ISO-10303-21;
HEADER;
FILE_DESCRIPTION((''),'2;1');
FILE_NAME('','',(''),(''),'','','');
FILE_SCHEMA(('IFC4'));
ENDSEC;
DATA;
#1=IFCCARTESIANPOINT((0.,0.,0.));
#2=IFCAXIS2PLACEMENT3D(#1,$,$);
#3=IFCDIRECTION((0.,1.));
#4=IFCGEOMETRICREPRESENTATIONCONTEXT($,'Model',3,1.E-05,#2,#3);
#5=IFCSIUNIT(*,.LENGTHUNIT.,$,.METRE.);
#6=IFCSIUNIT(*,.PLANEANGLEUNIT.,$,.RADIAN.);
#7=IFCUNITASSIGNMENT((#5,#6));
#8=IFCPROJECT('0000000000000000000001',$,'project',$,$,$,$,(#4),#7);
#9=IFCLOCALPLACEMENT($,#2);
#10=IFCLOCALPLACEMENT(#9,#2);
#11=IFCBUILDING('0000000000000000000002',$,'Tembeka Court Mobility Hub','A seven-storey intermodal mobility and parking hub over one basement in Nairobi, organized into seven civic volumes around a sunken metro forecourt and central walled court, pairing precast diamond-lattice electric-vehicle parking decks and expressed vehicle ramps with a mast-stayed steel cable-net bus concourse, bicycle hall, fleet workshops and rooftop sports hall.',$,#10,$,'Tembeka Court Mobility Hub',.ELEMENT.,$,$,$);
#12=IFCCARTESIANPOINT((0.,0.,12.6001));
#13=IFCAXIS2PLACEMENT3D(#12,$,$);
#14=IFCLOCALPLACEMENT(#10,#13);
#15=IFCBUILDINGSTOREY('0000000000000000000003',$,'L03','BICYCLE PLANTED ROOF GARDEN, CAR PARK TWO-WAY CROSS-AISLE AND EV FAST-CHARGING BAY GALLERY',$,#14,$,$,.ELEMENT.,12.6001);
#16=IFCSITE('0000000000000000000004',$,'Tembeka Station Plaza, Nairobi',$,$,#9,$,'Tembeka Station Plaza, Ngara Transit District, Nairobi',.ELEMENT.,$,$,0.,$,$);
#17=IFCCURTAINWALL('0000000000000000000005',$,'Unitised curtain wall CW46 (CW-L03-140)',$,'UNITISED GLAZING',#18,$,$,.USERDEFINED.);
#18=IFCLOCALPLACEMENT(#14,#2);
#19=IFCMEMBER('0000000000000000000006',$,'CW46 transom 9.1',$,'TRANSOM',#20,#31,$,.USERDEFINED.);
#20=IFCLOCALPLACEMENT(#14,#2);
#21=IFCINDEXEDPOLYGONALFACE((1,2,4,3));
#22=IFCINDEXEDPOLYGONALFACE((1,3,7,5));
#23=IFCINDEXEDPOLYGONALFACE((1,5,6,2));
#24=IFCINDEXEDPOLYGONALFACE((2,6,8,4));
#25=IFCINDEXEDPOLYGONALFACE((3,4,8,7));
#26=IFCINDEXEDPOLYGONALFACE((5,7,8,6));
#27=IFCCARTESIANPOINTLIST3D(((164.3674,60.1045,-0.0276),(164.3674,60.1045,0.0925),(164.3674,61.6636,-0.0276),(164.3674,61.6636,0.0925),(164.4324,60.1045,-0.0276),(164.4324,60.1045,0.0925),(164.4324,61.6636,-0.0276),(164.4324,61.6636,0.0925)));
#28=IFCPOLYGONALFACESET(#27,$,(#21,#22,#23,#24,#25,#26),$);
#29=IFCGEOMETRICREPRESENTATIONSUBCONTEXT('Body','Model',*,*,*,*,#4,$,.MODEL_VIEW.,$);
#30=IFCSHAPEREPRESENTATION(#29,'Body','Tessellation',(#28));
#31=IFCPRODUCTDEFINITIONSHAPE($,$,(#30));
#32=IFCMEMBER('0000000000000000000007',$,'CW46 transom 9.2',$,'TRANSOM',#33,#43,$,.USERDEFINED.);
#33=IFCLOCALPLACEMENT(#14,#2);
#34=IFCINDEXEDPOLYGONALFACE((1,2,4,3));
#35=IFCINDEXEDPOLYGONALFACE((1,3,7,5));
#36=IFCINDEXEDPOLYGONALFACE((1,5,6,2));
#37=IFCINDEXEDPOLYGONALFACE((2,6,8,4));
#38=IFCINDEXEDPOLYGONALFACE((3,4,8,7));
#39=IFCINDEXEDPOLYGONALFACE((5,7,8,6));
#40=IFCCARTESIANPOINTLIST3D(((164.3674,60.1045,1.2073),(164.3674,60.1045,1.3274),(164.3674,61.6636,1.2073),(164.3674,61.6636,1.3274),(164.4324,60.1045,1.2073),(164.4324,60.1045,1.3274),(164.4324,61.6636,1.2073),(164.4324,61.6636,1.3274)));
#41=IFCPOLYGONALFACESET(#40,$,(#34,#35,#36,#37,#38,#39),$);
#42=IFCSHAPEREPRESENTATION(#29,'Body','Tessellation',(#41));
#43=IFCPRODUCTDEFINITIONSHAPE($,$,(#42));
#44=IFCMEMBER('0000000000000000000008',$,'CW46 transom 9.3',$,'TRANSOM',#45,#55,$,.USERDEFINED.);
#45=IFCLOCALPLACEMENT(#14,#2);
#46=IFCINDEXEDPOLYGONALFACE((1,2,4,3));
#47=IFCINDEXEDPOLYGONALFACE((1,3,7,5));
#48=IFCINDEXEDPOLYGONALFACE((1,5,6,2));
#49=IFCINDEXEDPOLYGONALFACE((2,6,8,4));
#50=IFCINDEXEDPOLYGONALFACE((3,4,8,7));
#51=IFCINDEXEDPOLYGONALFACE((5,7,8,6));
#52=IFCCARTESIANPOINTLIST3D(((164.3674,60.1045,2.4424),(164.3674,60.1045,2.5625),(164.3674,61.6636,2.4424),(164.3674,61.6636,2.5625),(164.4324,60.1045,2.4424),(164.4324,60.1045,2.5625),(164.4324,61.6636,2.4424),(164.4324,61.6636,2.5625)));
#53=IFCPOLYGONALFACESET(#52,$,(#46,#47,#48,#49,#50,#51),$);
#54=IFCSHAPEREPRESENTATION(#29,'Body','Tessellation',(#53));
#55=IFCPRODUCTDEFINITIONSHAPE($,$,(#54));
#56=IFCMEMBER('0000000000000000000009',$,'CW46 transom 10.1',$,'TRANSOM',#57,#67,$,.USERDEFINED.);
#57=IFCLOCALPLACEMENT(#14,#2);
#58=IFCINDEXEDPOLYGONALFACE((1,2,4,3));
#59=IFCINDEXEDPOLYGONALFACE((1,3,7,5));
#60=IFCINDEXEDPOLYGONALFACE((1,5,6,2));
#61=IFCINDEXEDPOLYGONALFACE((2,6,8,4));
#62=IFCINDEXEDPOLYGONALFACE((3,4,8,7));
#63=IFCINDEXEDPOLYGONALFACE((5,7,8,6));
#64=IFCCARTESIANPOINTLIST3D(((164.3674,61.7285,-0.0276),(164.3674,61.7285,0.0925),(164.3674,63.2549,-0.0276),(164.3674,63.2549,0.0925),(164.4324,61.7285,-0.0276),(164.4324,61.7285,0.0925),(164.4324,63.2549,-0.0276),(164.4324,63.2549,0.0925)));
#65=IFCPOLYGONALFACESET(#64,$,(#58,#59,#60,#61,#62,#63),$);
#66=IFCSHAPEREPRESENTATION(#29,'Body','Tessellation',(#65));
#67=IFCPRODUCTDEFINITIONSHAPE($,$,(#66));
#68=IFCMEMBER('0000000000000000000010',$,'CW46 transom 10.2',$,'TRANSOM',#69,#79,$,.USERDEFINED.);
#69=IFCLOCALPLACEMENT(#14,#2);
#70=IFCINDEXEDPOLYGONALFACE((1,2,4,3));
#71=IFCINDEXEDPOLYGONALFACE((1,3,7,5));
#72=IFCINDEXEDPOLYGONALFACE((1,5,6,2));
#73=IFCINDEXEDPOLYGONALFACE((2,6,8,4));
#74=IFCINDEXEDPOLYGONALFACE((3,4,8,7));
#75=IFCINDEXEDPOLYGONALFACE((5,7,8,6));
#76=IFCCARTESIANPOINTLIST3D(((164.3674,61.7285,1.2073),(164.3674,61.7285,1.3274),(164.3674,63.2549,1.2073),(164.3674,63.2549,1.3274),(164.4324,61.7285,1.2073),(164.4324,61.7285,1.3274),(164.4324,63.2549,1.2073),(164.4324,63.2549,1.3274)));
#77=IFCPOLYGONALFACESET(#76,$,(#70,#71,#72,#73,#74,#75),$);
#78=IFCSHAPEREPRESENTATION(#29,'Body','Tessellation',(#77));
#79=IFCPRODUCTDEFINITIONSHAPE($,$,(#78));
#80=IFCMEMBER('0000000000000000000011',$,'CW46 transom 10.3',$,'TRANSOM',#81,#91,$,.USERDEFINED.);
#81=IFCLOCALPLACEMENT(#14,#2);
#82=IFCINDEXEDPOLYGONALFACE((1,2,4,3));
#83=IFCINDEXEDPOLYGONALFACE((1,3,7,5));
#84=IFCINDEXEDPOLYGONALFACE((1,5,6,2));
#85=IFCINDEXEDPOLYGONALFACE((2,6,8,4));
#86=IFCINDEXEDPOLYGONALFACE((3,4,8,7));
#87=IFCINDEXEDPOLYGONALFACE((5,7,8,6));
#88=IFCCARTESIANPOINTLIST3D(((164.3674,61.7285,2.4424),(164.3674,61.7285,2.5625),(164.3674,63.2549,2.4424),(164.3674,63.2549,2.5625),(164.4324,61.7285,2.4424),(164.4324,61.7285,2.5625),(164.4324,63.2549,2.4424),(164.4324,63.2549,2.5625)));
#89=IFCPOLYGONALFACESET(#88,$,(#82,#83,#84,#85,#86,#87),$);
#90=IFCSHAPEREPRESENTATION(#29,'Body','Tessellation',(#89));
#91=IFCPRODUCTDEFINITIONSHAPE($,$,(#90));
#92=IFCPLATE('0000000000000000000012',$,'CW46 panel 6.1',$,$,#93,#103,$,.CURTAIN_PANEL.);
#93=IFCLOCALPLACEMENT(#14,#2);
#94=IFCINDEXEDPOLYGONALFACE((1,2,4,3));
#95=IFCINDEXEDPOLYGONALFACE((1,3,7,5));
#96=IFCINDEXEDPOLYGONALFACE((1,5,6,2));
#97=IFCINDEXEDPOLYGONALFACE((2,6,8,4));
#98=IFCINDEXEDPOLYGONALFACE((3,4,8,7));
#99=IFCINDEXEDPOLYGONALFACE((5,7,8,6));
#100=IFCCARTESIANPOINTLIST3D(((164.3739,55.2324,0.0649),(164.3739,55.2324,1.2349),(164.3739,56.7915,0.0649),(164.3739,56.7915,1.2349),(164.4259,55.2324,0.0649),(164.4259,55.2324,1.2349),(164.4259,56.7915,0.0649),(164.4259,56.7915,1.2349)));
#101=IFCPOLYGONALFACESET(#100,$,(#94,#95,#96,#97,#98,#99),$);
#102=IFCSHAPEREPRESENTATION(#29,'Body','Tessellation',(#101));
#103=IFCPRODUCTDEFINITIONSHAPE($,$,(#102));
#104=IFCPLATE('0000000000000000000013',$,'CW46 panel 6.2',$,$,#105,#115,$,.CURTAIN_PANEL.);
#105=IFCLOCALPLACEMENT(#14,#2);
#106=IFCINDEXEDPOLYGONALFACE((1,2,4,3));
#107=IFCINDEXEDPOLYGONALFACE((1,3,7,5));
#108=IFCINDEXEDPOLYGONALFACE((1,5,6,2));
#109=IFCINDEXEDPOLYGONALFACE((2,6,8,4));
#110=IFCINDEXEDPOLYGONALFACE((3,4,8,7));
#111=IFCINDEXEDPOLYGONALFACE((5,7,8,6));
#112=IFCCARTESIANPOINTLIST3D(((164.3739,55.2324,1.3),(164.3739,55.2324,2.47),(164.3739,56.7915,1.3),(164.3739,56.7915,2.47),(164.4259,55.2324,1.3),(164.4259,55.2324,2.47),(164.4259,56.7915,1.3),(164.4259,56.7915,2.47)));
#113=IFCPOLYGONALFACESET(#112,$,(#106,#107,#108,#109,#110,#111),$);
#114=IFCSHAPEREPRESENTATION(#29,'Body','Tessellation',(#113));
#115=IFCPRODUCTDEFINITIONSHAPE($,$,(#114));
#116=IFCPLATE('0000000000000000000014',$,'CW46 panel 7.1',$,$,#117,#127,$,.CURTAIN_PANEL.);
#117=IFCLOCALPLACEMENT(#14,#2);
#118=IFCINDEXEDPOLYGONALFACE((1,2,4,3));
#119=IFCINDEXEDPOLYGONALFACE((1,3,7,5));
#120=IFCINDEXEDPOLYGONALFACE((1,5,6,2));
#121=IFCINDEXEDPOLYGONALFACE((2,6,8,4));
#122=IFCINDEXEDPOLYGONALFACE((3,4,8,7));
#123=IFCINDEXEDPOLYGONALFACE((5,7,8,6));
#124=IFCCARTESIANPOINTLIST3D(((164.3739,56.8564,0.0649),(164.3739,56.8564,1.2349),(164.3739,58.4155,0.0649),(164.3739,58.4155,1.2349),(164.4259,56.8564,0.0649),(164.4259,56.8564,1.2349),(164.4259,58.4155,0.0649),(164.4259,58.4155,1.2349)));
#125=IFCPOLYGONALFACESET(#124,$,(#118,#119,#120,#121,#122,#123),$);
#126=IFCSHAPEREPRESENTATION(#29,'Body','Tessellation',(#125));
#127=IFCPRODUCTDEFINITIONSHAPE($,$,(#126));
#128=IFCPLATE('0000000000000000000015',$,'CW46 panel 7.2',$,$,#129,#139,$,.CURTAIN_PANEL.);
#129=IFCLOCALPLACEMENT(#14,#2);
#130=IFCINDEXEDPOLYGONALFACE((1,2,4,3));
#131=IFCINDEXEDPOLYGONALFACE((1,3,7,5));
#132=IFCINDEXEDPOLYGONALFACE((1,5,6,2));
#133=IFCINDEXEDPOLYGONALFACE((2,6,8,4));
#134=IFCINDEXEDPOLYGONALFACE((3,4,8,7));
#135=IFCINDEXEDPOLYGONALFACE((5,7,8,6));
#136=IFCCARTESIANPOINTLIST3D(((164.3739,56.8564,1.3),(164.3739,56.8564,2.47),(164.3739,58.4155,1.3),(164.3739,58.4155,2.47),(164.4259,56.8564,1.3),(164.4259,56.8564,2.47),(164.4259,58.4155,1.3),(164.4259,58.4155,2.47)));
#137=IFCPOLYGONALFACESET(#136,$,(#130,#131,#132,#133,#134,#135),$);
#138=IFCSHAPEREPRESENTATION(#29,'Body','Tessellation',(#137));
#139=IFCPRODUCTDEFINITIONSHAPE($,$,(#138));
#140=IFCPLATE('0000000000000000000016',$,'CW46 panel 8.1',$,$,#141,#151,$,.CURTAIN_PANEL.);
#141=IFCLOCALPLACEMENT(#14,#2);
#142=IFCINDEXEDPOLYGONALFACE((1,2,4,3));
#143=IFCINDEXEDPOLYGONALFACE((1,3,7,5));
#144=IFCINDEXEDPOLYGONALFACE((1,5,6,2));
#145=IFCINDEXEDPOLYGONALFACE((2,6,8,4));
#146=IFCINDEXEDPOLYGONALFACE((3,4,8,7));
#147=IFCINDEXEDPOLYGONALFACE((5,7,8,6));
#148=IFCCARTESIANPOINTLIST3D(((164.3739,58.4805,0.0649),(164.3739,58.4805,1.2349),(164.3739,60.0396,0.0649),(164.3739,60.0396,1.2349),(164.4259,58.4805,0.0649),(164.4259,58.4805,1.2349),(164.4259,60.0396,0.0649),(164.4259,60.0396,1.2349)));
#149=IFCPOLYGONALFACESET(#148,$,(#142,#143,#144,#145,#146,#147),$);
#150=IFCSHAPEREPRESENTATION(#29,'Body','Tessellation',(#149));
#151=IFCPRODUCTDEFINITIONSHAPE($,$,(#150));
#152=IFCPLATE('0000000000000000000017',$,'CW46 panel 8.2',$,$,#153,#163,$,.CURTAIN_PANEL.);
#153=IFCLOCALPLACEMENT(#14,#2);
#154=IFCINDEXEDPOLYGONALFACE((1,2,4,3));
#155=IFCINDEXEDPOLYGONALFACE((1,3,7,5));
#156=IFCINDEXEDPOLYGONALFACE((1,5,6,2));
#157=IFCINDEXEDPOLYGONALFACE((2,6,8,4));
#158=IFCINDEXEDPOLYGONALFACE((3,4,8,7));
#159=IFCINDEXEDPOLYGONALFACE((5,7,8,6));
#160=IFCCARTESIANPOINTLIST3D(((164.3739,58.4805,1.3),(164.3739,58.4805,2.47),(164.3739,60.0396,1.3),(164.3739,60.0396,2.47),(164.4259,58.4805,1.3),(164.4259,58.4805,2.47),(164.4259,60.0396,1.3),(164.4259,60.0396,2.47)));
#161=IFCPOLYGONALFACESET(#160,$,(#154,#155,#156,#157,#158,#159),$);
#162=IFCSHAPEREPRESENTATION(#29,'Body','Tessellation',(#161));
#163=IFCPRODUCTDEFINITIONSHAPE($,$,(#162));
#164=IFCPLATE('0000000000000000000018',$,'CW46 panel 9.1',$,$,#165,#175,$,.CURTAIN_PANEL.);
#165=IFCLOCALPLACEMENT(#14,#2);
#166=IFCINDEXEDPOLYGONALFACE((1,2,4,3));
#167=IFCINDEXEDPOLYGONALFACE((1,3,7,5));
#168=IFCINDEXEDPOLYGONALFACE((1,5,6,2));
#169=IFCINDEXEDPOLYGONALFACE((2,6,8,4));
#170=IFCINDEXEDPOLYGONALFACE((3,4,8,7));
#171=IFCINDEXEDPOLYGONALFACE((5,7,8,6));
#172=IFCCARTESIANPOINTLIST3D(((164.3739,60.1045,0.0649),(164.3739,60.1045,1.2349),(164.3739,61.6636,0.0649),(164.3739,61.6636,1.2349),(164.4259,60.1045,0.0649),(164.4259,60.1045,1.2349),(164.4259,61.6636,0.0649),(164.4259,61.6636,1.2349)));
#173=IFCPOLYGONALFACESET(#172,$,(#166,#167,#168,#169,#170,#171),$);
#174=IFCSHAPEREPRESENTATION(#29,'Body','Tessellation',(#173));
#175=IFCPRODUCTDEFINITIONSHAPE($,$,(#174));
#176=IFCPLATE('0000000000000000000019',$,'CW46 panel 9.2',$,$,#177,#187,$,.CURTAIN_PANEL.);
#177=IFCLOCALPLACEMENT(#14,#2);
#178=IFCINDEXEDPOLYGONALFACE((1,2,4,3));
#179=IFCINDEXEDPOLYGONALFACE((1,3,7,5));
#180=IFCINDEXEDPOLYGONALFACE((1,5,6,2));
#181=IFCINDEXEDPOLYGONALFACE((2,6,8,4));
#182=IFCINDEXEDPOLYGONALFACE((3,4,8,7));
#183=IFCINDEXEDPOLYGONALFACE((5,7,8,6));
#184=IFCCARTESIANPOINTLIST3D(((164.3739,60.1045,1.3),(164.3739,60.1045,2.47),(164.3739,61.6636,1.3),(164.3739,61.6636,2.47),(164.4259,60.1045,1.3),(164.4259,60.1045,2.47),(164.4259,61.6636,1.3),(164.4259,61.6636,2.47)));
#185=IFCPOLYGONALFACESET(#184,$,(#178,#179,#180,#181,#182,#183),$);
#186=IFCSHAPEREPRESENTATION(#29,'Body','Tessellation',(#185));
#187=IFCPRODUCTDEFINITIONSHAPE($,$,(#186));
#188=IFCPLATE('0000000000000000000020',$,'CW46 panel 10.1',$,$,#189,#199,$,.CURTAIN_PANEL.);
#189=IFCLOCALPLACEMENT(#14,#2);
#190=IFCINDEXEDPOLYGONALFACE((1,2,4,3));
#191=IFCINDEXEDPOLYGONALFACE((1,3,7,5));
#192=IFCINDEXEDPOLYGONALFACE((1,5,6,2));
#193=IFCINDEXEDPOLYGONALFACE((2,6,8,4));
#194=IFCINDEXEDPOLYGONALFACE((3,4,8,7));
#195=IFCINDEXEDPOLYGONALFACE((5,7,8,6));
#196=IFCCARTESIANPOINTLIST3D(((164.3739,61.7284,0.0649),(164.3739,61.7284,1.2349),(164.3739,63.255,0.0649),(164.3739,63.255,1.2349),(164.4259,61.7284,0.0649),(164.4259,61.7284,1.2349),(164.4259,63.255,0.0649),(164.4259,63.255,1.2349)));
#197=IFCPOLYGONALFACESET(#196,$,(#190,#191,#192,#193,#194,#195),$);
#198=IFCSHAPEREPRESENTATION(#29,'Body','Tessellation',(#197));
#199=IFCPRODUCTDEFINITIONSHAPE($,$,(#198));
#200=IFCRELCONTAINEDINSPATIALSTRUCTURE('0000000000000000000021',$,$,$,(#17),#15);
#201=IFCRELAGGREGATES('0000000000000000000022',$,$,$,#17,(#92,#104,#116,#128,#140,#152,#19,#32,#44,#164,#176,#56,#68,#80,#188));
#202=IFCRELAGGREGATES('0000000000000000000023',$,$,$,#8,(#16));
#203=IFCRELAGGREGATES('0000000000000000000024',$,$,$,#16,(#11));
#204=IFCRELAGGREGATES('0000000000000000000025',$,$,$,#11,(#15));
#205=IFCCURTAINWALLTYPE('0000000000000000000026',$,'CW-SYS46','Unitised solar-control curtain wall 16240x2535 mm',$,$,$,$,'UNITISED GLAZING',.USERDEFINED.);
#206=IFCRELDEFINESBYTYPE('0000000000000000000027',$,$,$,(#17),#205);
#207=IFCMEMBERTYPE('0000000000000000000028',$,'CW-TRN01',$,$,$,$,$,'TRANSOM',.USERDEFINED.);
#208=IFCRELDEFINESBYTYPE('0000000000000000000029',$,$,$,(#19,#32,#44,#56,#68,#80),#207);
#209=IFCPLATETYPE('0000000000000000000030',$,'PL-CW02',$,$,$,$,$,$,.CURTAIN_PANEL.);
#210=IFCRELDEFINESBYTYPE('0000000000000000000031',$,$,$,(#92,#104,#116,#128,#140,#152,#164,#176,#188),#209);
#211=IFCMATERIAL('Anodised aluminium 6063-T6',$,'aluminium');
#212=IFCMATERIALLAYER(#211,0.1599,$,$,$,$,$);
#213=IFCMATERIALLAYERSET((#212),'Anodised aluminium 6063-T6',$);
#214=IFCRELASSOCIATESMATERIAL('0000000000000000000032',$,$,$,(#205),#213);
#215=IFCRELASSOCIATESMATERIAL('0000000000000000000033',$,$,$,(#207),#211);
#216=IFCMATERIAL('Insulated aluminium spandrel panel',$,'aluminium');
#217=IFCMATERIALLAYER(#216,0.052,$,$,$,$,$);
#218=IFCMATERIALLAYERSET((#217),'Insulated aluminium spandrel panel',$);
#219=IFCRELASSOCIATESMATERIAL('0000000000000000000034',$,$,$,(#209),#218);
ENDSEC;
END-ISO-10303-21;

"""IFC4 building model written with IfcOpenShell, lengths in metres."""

from ifc_helpers import new_model, si_unit, direction, frame, origin, origin_2d, place, context, subcontext, project, spatial, rectangle, extrude, material, layer, layer_set, material_profile, profile_set, type_object, element, aggregate, save


model = new_model("IFC4")

# Units and contexts
model_context = context("Model", 3, precision=1e-05, world=origin(), true_north=direction((0.0, 1.0)))
body_context = subcontext(model_context, "Body", "Model", "MODEL_VIEW")
ifc_project = project(units=[si_unit("LENGTHUNIT", "METRE"), si_unit("PLANEANGLEUNIT", "RADIAN")], contexts=[model_context])

# Site, building, storey
site_placement = place(None, origin())
site = spatial("IfcSite", under=ifc_project, at=site_placement, Name="Tembeka Station Plaza, Nairobi", LongName="Tembeka Station Plaza, Ngara Transit District, Nairobi", CompositionType="ELEMENT", RefElevation=0.0)
building_placement = place(site_placement, origin())
building = spatial("IfcBuilding", under=site, at=building_placement, Name="Tembeka Court Mobility Hub", Description="A seven-storey intermodal mobility and parking hub over one basement in Nairobi, organized into seven civic volumes around a sunken metro forecourt and central walled court, pairing precast diamond-lattice electric-vehicle parking decks and expressed vehicle ramps with a mast-stayed steel cable-net bus concourse, bicycle hall, fleet workshops and rooftop sports hall.", LongName="Tembeka Court Mobility Hub", CompositionType="ELEMENT")
storey_placement = place(building_placement, frame((0.0, 0.0, 12.6001)))
storey = spatial("IfcBuildingStorey", under=building, at=storey_placement, Name="L03", Description="BICYCLE PLANTED ROOF GARDEN, CAR PARK TWO-WAY CROSS-AISLE AND EV FAST-CHARGING BAY GALLERY", CompositionType="ELEMENT", Elevation=12.6001)

# Curtain wall, members, plates
ifc_material_1 = material(Name="Anodised aluminium 6063-T6", Category="aluminium")
ifc_layer_1 = layer(ifc_material_1, 0.1599)
ifc_layer_set_1 = layer_set([ifc_layer_1], Name="Anodised aluminium 6063-T6")
curtain_wall_type = type_object("IfcCurtainWallType", Name="CW-SYS46", Description="Unitised solar-control curtain wall 16240x2535 mm", ElementType="UNITISED GLAZING", PredefinedType="USERDEFINED", material=ifc_layer_set_1)
curtain_wall_placement = place(storey_placement, origin())
curtain_wall = element("IfcCurtainWall", 1, at=curtain_wall_placement, inside=storey, type_object=curtain_wall_type, Name="Unitised curtain wall CW46 (CW-L03-140)", ObjectType="UNITISED GLAZING", PredefinedType="USERDEFINED")
ifc_material_profile_1 = material_profile(ifc_material_1, rectangle(XDim=0.0649, YDim=0.1201, at=origin_2d()), Name="ALU-TRN 65x120")
ifc_profile_set_1 = profile_set([ifc_material_profile_1], Name="Anodised aluminium 6063-T6")
member_type_1 = type_object("IfcMemberType", Name="CW-TRN01", ElementType="TRANSOM", PredefinedType="USERDEFINED", material=ifc_profile_set_1)
member_1_placement = place(storey_placement, frame((164.3999, 60.1045, 0.0325), z_axis=(0.0, 1.0, 0.0), x_axis=(-1.0, 0.0, 0.0)))
member_1 = element("IfcMember", 2, at=member_1_placement, type_object=member_type_1, Name="CW46 transom 9.1", ObjectType="TRANSOM", PredefinedType="USERDEFINED", context=body_context, shape_type="SweptSolid", body=[
    extrude(rectangle(XDim=0.0649, YDim=0.1201, at=origin_2d()), origin(), (0.0, 0.0, 1.0), 1.5591),
])
member_2_placement = place(storey_placement, frame((164.3999, 60.1045, 1.2673), z_axis=(0.0, 1.0, 0.0), x_axis=(-1.0, 0.0, 0.0)))
member_2 = element("IfcMember", 3, at=member_2_placement, type_object=member_type_1, Name="CW46 transom 9.2", ObjectType="TRANSOM", PredefinedType="USERDEFINED", context=body_context, shape_type="SweptSolid", body=[
    extrude(rectangle(XDim=0.0649, YDim=0.1201, at=origin_2d()), origin(), (0.0, 0.0, 1.0), 1.5591),
])
member_3_placement = place(storey_placement, frame((164.3999, 60.1045, 2.5024), z_axis=(0.0, 1.0, 0.0), x_axis=(-1.0, 0.0, 0.0)))
member_3 = element("IfcMember", 4, at=member_3_placement, type_object=member_type_1, Name="CW46 transom 9.3", ObjectType="TRANSOM", PredefinedType="USERDEFINED", context=body_context, shape_type="SweptSolid", body=[
    extrude(rectangle(XDim=0.0649, YDim=0.1201, at=origin_2d()), origin(), (0.0, 0.0, 1.0), 1.5591),
])
member_4_placement = place(storey_placement, frame((164.3999, 61.7285, 0.0325), z_axis=(0.0, 1.0, 0.0), x_axis=(-1.0, 0.0, 0.0)))
member_4 = element("IfcMember", 5, at=member_4_placement, type_object=member_type_1, Name="CW46 transom 10.1", ObjectType="TRANSOM", PredefinedType="USERDEFINED", context=body_context, shape_type="SweptSolid", body=[
    extrude(rectangle(XDim=0.0649, YDim=0.1201, at=origin_2d()), origin(), (0.0, 0.0, 1.0), 1.5264),
])
member_5_placement = place(storey_placement, frame((164.3999, 61.7285, 1.2673), z_axis=(0.0, 1.0, 0.0), x_axis=(-1.0, 0.0, 0.0)))
member_5 = element("IfcMember", 6, at=member_5_placement, type_object=member_type_1, Name="CW46 transom 10.2", ObjectType="TRANSOM", PredefinedType="USERDEFINED", context=body_context, shape_type="SweptSolid", body=[
    extrude(rectangle(XDim=0.0649, YDim=0.1201, at=origin_2d()), origin(), (0.0, 0.0, 1.0), 1.5264),
])
member_6_placement = place(storey_placement, frame((164.3999, 61.7285, 2.5024), z_axis=(0.0, 1.0, 0.0), x_axis=(-1.0, 0.0, 0.0)))
member_6 = element("IfcMember", 7, at=member_6_placement, type_object=member_type_1, Name="CW46 transom 10.3", ObjectType="TRANSOM", PredefinedType="USERDEFINED", context=body_context, shape_type="SweptSolid", body=[
    extrude(rectangle(XDim=0.0649, YDim=0.1201, at=origin_2d()), origin(), (0.0, 0.0, 1.0), 1.5264),
])
ifc_material_2 = material(Name="Insulated aluminium spandrel panel", Category="aluminium")
ifc_layer_2 = layer(ifc_material_2, 0.052)
ifc_layer_set_2 = layer_set([ifc_layer_2], Name="Insulated aluminium spandrel panel")
plate_type = type_object("IfcPlateType", Name="PL-CW02", PredefinedType="CURTAIN_PANEL", material=ifc_layer_set_2)
plate_1_placement = place(storey_placement, frame((164.3999, 56.012, 0.0649), z_axis=(0.0, 0.0, 1.0), x_axis=(0.0, 1.0, 0.0)))
plate_1 = element("IfcPlate", 8, at=plate_1_placement, type_object=plate_type, Name="CW46 panel 6.1", PredefinedType="CURTAIN_PANEL", context=body_context, shape_type="SweptSolid", body=[
    extrude(rectangle(XDim=1.5591, YDim=0.052, at=origin_2d()), origin(), (0.0, 0.0, 1.0), 1.1699),
])
plate_2_placement = place(storey_placement, frame((164.3999, 56.012, 1.3), z_axis=(0.0, 0.0, 1.0), x_axis=(0.0, 1.0, 0.0)))
plate_2 = element("IfcPlate", 9, at=plate_2_placement, type_object=plate_type, Name="CW46 panel 6.2", PredefinedType="CURTAIN_PANEL", context=body_context, shape_type="SweptSolid", body=[
    extrude(rectangle(XDim=1.5591, YDim=0.052, at=origin_2d()), origin(), (0.0, 0.0, 1.0), 1.1699),
])
plate_3_placement = place(storey_placement, frame((164.3999, 57.636, 0.0649), z_axis=(0.0, 0.0, 1.0), x_axis=(0.0, 1.0, 0.0)))
plate_3 = element("IfcPlate", 10, at=plate_3_placement, type_object=plate_type, Name="CW46 panel 7.1", PredefinedType="CURTAIN_PANEL", context=body_context, shape_type="SweptSolid", body=[
    extrude(rectangle(XDim=1.5591, YDim=0.052, at=origin_2d()), origin(), (0.0, 0.0, 1.0), 1.1699),
])
plate_4_placement = place(storey_placement, frame((164.3999, 57.636, 1.3), z_axis=(0.0, 0.0, 1.0), x_axis=(0.0, 1.0, 0.0)))
plate_4 = element("IfcPlate", 11, at=plate_4_placement, type_object=plate_type, Name="CW46 panel 7.2", PredefinedType="CURTAIN_PANEL", context=body_context, shape_type="SweptSolid", body=[
    extrude(rectangle(XDim=1.5591, YDim=0.052, at=origin_2d()), origin(), (0.0, 0.0, 1.0), 1.1699),
])
plate_5_placement = place(storey_placement, frame((164.3999, 59.26, 0.0649), z_axis=(0.0, 0.0, 1.0), x_axis=(0.0, 1.0, 0.0)))
plate_5 = element("IfcPlate", 12, at=plate_5_placement, type_object=plate_type, Name="CW46 panel 8.1", PredefinedType="CURTAIN_PANEL", context=body_context, shape_type="SweptSolid", body=[
    extrude(rectangle(XDim=1.5591, YDim=0.052, at=origin_2d()), origin(), (0.0, 0.0, 1.0), 1.1699),
])
plate_6_placement = place(storey_placement, frame((164.3999, 59.26, 1.3), z_axis=(0.0, 0.0, 1.0), x_axis=(0.0, 1.0, 0.0)))
plate_6 = element("IfcPlate", 13, at=plate_6_placement, type_object=plate_type, Name="CW46 panel 8.2", PredefinedType="CURTAIN_PANEL", context=body_context, shape_type="SweptSolid", body=[
    extrude(rectangle(XDim=1.5591, YDim=0.052, at=origin_2d()), origin(), (0.0, 0.0, 1.0), 1.1699),
])
plate_7_placement = place(storey_placement, frame((164.3999, 60.884, 0.0649), z_axis=(0.0, 0.0, 1.0), x_axis=(0.0, 1.0, 0.0)))
plate_7 = element("IfcPlate", 14, at=plate_7_placement, type_object=plate_type, Name="CW46 panel 9.1", PredefinedType="CURTAIN_PANEL", context=body_context, shape_type="SweptSolid", body=[
    extrude(rectangle(XDim=1.5591, YDim=0.052, at=origin_2d()), origin(), (0.0, 0.0, 1.0), 1.1699),
])
plate_8_placement = place(storey_placement, frame((164.3999, 60.884, 1.3), z_axis=(0.0, 0.0, 1.0), x_axis=(0.0, 1.0, 0.0)))
plate_8 = element("IfcPlate", 15, at=plate_8_placement, type_object=plate_type, Name="CW46 panel 9.2", PredefinedType="CURTAIN_PANEL", context=body_context, shape_type="SweptSolid", body=[
    extrude(rectangle(XDim=1.5591, YDim=0.052, at=origin_2d()), origin(), (0.0, 0.0, 1.0), 1.1699),
])
plate_9_placement = place(storey_placement, frame((164.3999, 62.4917, 0.0649), z_axis=(0.0, 0.0, 1.0), x_axis=(0.0, 1.0, 0.0)))
plate_9 = element("IfcPlate", 16, at=plate_9_placement, type_object=plate_type, Name="CW46 panel 10.1", PredefinedType="CURTAIN_PANEL", context=body_context, shape_type="SweptSolid", body=[
    extrude(rectangle(XDim=1.5266, YDim=0.052, at=origin_2d()), origin(), (0.0, 0.0, 1.0), 1.1699),
])
aggregate(curtain_wall, [plate_1, plate_2, plate_3, plate_4, plate_5, plate_6, member_1, member_2, member_3, plate_7, plate_8, member_4, member_5, member_6, plate_9])

save(model, "model.ifc")
